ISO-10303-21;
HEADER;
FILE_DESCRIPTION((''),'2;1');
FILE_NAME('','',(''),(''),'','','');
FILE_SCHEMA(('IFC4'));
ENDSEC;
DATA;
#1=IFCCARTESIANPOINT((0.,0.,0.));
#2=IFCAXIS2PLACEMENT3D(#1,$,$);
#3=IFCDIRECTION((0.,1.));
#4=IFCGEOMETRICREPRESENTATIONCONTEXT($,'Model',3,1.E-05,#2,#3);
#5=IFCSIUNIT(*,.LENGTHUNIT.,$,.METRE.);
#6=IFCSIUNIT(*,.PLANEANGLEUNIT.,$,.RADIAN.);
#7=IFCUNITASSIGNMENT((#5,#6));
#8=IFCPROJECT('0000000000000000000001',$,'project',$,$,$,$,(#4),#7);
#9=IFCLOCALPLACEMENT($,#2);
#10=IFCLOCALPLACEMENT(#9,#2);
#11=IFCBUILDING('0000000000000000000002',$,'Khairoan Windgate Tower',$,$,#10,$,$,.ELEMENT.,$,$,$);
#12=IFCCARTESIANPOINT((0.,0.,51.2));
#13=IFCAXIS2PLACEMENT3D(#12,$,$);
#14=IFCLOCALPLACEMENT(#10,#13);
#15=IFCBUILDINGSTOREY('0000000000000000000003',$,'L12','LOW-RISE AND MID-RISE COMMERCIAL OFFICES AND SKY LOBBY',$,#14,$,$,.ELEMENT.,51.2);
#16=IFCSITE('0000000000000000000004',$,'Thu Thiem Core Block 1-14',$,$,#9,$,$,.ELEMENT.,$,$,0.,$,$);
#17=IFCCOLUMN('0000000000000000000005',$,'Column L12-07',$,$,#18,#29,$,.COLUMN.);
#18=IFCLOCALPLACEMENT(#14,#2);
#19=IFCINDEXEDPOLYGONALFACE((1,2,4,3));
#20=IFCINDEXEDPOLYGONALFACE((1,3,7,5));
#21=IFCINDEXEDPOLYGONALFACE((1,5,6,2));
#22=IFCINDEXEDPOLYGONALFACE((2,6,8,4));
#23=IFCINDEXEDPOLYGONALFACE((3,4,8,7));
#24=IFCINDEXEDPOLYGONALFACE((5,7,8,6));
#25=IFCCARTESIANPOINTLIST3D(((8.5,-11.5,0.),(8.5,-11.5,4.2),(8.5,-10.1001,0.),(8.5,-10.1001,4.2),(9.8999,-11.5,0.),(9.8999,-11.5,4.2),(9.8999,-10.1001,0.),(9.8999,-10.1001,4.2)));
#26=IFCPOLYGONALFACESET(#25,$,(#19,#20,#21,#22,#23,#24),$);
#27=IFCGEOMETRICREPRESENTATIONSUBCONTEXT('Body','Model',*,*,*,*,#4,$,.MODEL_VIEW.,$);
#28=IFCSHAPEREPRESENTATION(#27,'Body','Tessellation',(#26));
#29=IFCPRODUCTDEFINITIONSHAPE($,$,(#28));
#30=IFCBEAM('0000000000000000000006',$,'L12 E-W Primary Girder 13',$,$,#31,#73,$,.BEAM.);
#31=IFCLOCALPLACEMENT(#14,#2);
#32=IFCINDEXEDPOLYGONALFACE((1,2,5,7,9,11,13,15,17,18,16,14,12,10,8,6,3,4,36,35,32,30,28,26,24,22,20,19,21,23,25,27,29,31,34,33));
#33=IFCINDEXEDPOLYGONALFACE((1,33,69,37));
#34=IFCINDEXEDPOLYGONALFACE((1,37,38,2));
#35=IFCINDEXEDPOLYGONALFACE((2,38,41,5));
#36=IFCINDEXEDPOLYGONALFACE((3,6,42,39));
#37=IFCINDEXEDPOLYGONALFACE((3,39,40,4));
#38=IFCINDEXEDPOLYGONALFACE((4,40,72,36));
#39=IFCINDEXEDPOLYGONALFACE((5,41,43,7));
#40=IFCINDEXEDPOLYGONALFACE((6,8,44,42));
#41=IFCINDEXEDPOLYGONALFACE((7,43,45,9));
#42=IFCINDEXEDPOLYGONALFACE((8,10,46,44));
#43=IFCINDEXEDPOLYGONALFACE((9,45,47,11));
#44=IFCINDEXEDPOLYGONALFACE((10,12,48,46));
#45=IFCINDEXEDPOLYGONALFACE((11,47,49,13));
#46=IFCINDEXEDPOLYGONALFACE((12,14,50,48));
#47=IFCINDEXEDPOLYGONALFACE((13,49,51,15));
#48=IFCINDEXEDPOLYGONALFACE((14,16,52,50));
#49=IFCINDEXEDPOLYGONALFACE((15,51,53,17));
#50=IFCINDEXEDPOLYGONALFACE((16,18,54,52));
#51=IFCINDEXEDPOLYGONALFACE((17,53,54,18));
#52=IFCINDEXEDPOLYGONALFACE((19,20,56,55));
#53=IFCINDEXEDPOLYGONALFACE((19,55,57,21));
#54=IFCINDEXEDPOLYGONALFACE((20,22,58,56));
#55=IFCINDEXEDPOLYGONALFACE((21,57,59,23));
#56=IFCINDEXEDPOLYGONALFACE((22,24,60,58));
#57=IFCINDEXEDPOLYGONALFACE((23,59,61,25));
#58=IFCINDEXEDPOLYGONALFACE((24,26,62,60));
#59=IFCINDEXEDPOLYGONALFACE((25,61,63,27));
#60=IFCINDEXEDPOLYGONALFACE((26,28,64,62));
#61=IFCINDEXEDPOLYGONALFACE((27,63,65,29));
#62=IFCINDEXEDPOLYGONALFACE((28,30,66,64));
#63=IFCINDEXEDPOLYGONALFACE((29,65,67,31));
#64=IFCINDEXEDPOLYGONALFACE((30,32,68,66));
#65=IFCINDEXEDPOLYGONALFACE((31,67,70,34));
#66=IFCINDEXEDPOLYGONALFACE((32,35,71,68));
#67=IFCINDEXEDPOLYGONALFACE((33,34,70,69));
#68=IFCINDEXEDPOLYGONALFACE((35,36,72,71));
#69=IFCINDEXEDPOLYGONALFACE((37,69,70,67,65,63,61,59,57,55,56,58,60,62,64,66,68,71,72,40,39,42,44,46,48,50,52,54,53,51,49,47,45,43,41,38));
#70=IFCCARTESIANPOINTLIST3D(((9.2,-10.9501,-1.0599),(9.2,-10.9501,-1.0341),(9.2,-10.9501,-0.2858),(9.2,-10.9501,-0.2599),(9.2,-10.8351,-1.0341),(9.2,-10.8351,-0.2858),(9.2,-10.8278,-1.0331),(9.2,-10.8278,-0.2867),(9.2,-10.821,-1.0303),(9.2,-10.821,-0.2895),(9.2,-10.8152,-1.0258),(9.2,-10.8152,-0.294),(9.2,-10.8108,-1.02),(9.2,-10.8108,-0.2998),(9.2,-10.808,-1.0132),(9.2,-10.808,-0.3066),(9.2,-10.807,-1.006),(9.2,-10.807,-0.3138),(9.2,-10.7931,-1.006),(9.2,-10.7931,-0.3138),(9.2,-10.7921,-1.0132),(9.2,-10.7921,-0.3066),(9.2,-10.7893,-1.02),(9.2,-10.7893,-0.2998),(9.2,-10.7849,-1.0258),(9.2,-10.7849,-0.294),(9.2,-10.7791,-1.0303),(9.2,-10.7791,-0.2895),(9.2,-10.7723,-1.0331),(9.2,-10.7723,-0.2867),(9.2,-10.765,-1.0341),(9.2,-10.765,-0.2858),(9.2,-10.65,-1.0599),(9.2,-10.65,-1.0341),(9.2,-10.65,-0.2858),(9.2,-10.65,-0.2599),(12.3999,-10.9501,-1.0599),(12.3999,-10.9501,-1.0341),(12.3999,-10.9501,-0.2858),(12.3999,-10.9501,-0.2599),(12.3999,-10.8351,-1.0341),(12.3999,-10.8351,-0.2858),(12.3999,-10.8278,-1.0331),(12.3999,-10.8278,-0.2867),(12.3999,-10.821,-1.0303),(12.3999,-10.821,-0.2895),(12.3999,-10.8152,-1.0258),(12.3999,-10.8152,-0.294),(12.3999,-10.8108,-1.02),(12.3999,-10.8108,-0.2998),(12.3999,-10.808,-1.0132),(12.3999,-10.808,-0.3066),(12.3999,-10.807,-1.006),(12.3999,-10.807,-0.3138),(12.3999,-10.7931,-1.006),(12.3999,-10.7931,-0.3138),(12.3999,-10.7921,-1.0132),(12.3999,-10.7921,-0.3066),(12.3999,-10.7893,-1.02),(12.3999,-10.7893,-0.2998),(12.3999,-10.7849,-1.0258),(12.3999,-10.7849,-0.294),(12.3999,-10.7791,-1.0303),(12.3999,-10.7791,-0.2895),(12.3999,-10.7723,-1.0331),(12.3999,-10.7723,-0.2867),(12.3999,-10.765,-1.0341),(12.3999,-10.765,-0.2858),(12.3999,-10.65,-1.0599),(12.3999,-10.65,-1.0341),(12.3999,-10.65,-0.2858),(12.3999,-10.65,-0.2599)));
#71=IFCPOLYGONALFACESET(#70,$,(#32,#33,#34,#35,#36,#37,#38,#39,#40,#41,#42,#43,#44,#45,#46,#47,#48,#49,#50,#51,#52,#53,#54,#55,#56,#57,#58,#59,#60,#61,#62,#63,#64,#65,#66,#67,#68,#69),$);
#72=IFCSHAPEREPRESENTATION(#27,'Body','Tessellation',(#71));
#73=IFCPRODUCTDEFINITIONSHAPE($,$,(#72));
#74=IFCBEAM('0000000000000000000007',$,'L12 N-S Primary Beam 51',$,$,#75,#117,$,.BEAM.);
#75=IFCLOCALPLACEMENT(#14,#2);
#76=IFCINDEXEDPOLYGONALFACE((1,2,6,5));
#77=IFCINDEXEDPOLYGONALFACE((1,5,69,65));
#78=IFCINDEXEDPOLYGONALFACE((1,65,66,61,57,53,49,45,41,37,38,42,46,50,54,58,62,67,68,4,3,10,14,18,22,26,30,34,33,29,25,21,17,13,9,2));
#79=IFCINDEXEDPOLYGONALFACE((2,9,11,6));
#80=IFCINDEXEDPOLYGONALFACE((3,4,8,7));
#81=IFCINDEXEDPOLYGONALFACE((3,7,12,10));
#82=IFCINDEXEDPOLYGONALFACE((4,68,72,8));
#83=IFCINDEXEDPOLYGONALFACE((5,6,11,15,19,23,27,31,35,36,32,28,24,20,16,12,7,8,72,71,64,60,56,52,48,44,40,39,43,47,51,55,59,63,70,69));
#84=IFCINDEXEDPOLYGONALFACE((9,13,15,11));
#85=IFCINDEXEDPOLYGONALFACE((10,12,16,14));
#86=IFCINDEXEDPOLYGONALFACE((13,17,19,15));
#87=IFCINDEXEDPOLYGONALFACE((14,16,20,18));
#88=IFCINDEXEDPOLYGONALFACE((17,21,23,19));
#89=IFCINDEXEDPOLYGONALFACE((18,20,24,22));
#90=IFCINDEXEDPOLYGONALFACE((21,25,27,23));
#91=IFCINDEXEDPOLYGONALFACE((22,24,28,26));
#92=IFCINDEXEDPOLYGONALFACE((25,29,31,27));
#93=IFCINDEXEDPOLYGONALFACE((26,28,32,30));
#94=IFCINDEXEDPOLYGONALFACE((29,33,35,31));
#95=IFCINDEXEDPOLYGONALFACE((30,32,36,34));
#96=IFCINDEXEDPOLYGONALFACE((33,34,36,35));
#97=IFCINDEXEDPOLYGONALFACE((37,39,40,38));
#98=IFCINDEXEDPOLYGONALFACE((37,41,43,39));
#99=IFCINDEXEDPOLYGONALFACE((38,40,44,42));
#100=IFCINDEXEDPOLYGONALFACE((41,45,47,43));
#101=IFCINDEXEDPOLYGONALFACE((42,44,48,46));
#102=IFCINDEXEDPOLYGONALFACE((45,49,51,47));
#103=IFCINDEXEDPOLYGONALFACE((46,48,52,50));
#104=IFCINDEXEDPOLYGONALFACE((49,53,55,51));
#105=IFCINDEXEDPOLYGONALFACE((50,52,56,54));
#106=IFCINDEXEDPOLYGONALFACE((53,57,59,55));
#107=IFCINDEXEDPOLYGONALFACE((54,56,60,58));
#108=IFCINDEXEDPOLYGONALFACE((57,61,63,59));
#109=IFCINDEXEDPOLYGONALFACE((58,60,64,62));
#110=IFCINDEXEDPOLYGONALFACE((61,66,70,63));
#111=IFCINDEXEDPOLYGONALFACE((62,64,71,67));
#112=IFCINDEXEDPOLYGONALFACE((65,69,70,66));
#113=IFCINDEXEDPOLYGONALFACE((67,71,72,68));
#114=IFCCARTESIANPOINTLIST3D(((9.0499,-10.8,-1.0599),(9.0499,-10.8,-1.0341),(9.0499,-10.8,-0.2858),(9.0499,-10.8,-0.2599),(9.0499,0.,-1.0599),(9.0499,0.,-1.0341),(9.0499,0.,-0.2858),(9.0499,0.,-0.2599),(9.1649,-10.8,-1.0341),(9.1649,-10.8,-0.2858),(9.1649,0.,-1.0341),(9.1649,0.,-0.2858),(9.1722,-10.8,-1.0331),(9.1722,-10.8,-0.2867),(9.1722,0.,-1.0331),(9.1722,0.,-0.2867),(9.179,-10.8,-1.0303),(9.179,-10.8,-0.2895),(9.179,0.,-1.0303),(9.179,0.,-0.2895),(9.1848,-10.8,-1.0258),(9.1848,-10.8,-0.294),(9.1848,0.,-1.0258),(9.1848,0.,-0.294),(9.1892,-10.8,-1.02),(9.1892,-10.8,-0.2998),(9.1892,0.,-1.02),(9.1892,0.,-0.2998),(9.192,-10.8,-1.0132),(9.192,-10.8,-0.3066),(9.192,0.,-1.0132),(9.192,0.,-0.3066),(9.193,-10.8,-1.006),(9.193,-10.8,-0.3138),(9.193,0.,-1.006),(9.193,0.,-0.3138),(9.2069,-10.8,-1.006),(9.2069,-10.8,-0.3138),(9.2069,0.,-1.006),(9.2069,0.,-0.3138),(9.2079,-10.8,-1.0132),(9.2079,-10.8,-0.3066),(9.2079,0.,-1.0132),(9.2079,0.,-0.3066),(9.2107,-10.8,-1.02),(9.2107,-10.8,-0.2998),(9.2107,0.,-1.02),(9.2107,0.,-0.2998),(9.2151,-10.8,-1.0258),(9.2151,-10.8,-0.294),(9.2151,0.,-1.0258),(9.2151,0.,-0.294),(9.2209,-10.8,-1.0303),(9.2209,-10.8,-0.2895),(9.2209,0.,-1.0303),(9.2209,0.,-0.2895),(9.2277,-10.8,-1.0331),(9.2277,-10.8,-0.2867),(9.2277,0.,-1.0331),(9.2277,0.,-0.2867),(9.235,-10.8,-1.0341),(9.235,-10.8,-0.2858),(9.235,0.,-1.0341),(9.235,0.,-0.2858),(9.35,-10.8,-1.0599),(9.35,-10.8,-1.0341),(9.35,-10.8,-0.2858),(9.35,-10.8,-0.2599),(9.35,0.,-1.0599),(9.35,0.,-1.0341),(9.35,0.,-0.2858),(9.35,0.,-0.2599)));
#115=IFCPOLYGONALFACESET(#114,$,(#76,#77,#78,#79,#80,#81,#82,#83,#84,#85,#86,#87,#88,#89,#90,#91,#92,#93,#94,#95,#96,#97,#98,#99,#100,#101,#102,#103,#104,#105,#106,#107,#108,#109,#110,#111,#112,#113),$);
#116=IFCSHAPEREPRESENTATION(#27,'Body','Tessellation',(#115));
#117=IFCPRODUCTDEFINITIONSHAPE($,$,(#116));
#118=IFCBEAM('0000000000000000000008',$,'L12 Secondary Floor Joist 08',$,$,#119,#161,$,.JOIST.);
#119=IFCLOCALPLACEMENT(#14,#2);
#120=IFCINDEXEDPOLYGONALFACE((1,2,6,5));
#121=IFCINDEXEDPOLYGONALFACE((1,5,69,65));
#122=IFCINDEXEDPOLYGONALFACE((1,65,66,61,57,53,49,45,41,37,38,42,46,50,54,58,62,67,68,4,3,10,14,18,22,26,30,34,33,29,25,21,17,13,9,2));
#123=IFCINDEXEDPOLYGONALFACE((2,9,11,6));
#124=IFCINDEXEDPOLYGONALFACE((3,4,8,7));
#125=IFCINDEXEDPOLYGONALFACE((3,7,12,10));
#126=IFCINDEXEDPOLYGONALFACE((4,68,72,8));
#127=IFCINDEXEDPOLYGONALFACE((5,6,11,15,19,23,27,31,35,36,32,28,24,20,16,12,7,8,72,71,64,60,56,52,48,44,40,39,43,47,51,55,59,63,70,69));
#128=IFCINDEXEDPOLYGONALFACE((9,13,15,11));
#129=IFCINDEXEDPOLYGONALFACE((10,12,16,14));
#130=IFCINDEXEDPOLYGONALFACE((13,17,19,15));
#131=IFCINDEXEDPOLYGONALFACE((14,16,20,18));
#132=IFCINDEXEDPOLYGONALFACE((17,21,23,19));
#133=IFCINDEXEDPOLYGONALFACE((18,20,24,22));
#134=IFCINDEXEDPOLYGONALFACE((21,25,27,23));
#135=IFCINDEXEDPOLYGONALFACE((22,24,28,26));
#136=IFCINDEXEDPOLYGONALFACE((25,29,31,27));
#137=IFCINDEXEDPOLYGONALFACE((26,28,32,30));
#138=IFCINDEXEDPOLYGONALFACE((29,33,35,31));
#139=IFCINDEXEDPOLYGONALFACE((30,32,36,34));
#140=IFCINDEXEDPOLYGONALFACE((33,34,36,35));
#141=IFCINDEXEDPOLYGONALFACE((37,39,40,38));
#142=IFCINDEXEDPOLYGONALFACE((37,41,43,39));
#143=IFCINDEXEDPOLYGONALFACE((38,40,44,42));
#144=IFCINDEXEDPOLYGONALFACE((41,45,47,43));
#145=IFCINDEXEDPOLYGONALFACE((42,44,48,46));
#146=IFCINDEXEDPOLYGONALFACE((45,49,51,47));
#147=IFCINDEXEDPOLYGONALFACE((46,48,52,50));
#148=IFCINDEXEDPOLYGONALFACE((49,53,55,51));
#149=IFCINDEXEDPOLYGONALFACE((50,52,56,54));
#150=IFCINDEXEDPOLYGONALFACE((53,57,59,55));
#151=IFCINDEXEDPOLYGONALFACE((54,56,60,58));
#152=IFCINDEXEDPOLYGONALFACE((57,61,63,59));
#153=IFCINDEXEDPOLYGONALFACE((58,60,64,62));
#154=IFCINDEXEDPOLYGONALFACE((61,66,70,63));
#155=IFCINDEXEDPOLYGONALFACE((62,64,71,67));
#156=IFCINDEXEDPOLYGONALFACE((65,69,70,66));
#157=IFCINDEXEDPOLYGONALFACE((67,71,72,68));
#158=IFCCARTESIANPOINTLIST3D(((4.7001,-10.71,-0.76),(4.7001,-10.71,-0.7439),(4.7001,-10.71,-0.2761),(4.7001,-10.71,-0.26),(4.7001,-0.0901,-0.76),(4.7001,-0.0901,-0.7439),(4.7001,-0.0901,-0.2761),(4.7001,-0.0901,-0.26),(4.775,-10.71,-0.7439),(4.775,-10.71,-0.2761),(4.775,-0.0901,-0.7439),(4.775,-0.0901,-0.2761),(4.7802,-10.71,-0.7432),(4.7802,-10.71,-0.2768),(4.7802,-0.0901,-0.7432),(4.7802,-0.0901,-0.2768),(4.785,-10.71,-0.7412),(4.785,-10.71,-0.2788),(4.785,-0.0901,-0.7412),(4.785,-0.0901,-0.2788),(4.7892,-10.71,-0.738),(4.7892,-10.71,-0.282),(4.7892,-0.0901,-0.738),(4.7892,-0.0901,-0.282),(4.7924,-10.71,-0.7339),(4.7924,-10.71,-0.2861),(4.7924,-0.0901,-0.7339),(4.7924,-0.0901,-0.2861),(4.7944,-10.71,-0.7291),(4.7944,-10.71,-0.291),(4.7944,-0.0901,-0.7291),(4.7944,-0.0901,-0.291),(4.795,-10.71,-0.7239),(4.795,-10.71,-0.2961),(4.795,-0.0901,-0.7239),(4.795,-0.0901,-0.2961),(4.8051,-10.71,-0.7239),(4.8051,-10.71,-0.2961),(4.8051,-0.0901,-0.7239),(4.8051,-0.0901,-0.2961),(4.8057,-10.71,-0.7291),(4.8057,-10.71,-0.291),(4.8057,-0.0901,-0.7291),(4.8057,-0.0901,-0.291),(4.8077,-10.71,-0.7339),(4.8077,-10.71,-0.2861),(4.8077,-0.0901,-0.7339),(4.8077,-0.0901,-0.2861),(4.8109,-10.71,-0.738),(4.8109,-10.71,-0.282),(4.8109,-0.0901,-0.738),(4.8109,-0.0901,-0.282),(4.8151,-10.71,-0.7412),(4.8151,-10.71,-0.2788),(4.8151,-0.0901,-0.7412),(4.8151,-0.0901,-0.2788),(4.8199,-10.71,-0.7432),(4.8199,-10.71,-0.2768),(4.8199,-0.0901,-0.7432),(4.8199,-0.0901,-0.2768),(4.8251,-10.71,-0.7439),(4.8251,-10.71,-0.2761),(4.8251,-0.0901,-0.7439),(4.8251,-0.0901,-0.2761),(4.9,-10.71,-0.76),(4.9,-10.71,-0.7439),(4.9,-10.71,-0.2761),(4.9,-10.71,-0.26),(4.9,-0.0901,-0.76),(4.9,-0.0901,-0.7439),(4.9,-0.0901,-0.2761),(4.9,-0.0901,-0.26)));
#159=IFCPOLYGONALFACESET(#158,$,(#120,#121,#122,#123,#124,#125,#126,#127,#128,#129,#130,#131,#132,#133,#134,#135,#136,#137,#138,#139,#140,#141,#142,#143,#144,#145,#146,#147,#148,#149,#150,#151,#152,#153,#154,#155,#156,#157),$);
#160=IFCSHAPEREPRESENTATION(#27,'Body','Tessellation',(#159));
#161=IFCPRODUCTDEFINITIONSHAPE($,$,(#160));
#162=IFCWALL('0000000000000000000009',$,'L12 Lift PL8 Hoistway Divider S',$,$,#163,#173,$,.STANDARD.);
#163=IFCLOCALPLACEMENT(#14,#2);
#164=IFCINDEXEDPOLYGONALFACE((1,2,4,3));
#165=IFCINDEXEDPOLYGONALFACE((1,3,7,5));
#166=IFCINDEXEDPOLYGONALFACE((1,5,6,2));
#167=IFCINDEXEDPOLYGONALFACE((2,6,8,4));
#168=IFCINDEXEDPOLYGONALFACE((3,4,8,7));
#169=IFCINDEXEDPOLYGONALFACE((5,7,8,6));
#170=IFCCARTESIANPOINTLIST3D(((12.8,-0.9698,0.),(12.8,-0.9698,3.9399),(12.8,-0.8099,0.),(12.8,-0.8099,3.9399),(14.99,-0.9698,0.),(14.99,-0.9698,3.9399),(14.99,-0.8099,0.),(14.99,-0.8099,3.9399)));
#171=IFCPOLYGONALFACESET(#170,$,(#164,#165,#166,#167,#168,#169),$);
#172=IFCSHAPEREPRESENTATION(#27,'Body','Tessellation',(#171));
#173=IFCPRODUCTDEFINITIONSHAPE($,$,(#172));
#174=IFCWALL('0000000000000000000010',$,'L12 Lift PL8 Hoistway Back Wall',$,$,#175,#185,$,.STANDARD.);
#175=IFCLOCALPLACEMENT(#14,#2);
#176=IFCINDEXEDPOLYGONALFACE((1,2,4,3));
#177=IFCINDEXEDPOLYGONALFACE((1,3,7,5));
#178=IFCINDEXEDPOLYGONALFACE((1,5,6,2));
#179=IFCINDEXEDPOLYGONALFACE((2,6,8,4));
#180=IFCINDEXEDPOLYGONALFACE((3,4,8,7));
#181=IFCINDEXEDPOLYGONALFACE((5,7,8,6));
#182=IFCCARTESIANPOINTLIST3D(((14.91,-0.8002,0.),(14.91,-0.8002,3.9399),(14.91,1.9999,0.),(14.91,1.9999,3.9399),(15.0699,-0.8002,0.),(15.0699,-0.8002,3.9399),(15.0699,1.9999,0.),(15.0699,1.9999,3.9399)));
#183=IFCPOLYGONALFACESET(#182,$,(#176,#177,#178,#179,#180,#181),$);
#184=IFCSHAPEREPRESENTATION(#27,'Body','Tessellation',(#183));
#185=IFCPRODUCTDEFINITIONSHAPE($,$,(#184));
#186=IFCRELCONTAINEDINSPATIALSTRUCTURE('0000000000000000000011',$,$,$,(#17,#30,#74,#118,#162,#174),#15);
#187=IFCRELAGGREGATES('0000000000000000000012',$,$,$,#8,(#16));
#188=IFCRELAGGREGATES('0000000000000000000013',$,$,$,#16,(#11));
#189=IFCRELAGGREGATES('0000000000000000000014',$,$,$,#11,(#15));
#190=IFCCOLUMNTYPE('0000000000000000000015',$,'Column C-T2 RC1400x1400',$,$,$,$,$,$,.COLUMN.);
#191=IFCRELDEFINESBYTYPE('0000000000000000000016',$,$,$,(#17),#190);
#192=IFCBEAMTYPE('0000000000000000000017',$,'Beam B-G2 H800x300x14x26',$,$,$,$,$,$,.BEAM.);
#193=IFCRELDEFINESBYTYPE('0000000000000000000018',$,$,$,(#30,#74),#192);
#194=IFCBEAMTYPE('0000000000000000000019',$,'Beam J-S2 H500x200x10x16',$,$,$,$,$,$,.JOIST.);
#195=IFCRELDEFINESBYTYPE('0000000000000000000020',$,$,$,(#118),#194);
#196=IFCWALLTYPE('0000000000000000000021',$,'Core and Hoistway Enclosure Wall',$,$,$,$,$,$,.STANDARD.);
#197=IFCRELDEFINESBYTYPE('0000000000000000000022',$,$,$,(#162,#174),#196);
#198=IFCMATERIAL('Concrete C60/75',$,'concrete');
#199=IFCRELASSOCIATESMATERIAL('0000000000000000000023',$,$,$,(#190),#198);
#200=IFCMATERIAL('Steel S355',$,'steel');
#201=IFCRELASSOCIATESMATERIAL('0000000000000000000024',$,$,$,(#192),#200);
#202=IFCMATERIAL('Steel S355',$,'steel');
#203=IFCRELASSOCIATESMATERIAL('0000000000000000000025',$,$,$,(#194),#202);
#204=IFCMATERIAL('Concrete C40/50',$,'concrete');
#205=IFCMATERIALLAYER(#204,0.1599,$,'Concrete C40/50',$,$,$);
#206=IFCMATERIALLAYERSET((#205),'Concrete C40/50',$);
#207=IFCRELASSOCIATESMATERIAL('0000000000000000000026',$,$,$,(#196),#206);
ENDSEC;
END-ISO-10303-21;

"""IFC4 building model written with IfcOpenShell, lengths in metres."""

from ifc_helpers import new_model, si_unit, direction, frame, frame_2d, origin, origin_2d, place, context, subcontext, project, spatial, rectangle, i_section, extrude, material, layer, layer_set, material_profile, profile_set, type_object, element, save


model = new_model("IFC4")

# Units and contexts
model_context = context("Model", 3, precision=1e-05, world=origin(), true_north=direction((0.0, 1.0)))
body_context = subcontext(model_context, "Body", "Model", "MODEL_VIEW")
ifc_project = project(units=[si_unit("LENGTHUNIT", "METRE"), si_unit("PLANEANGLEUNIT", "RADIAN")], contexts=[model_context])

# Site, building, storey
site_placement = place(None, origin())
site = spatial("IfcSite", under=ifc_project, at=site_placement, Name="Thu Thiem Core Block 1-14", CompositionType="ELEMENT", RefElevation=0.0)
building_placement = place(site_placement, origin())
building = spatial("IfcBuilding", under=site, at=building_placement, Name="Khairoan Windgate Tower", CompositionType="ELEMENT")
storey_placement = place(building_placement, frame((0.0, 0.0, 51.2)))
storey = spatial("IfcBuildingStorey", under=building, at=storey_placement, Name="L12", Description="LOW-RISE AND MID-RISE COMMERCIAL OFFICES AND SKY LOBBY", CompositionType="ELEMENT", Elevation=51.2)

# Column
ifc_material_1 = material(Name="Concrete C60/75", Category="concrete")
ifc_material_profile_1 = material_profile(ifc_material_1, rectangle(XDim=1.3999, YDim=1.3999, at=origin_2d()))
ifc_profile_set_1 = profile_set([ifc_material_profile_1], Name="Concrete C60/75")
column_type = type_object("IfcColumnType", Name="Column C-T2 RC1400x1400", PredefinedType="COLUMN", material=ifc_profile_set_1)
column_placement = place(storey_placement, frame((9.2, -10.8, 0.0), z_axis=(0.0, 0.0, 1.0), x_axis=(1.0, 0.0, 0.0)))
element("IfcColumn", 1, at=column_placement, inside=storey, type_object=column_type, Name="Column L12-07", PredefinedType="COLUMN", context=body_context, shape_type="SweptSolid", body=[
    extrude(rectangle(XDim=1.3999, YDim=1.3999, at=origin_2d()), origin(), (0.0, 0.0, 1.0), 4.2),
])

# Beams
ifc_material_2 = material(Name="Steel S355", Category="steel")
ifc_material_profile_2 = material_profile(ifc_material_2, i_section(OverallWidth=0.3, OverallDepth=0.8, WebThickness=0.0139, FlangeThickness=0.0259, FilletRadius=0.0281, at=origin_2d()))
ifc_profile_set_2 = profile_set([ifc_material_profile_2], Name="Steel S355")
beam_type_1 = type_object("IfcBeamType", Name="Beam B-G2 H800x300x14x26", PredefinedType="BEAM", material=ifc_profile_set_2)
beam_1_placement = place(storey_placement, frame((9.2, -10.8, -0.6599), z_axis=(1.0, 0.0, 0.0), x_axis=(0.0, 1.0, 0.0)))
element("IfcBeam", 2, at=beam_1_placement, inside=storey, type_object=beam_type_1, Name="L12 E-W Primary Girder 13", PredefinedType="BEAM", context=body_context, shape_type="SweptSolid", body=[
    extrude(i_section(OverallWidth=0.3, OverallDepth=0.8, WebThickness=0.0139, FlangeThickness=0.0259, FilletRadius=0.0281, at=origin_2d()), origin(), (0.0, 0.0, 1.0), 3.2),
])
beam_2_placement = place(storey_placement, frame((9.2, -10.8, -0.6599), z_axis=(0.0, 1.0, 0.0), x_axis=(-1.0, 0.0, 0.0)))
element("IfcBeam", 3, at=beam_2_placement, inside=storey, type_object=beam_type_1, Name="L12 N-S Primary Beam 51", PredefinedType="BEAM", context=body_context, shape_type="SweptSolid", body=[
    extrude(i_section(OverallWidth=0.3, OverallDepth=0.8, WebThickness=0.0139, FlangeThickness=0.0259, FilletRadius=0.0281, at=origin_2d()), origin(), (0.0, 0.0, 1.0), 10.8),
])
ifc_material_3 = material(Name="Steel S355", Category="steel")
ifc_material_profile_3 = material_profile(ifc_material_3, i_section(OverallWidth=0.2, OverallDepth=0.5, WebThickness=0.01, FlangeThickness=0.0161, FilletRadius=0.02, at=origin_2d()))
ifc_profile_set_3 = profile_set([ifc_material_profile_3], Name="Steel S355")
beam_type_2 = type_object("IfcBeamType", Name="Beam J-S2 H500x200x10x16", PredefinedType="JOIST", material=ifc_profile_set_3)
beam_3_placement = place(storey_placement, frame((4.8, -10.71, -0.51), z_axis=(0.0, 1.0, 0.0), x_axis=(-1.0, 0.0, 0.0)))
element("IfcBeam", 4, at=beam_3_placement, inside=storey, type_object=beam_type_2, Name="L12 Secondary Floor Joist 08", PredefinedType="JOIST", context=body_context, shape_type="SweptSolid", body=[
    extrude(i_section(OverallWidth=0.2, OverallDepth=0.5, WebThickness=0.01, FlangeThickness=0.0161, FilletRadius=0.02, at=origin_2d()), origin(), (0.0, 0.0, 1.0), 10.6199),
])

# Walls
ifc_material_4 = material(Name="Concrete C40/50", Category="concrete")
ifc_layer_1 = layer(ifc_material_4, 0.1599, Name="Concrete C40/50")
ifc_layer_set_1 = layer_set([ifc_layer_1], Name="Concrete C40/50")
wall_type_1 = type_object("IfcWallType", Name="Core and Hoistway Enclosure Wall", PredefinedType="STANDARD", material=ifc_layer_set_1)
wall_1_placement = place(storey_placement, frame((12.8, -0.8899, 0.0), z_axis=(0.0, 0.0, 1.0), x_axis=(1.0, 0.0, 0.0)))
element("IfcWall", 5, at=wall_1_placement, inside=storey, type_object=wall_type_1, Name="L12 Lift PL8 Hoistway Divider S", PredefinedType="STANDARD", context=body_context, shape_type="SweptSolid", body=[
    extrude(rectangle(XDim=2.1899, YDim=0.1599, at=frame_2d((1.095, 0.0))), origin(), (0.0, 0.0, 1.0), 3.9399),
])
wall_2_placement = place(storey_placement, frame((14.99, -0.8, 0.0), z_axis=(0.0, 0.0, 1.0), x_axis=(0.0, 1.0, 0.0)))
element("IfcWall", 6, at=wall_2_placement, inside=storey, type_object=wall_type_1, Name="L12 Lift PL8 Hoistway Back Wall", PredefinedType="STANDARD", context=body_context, shape_type="SweptSolid", body=[
    extrude(rectangle(XDim=2.8, YDim=0.1599, at=frame_2d((1.3999, 0.0))), origin(), (0.0, 0.0, 1.0), 3.9399),
])

save(model, "model.ifc")
